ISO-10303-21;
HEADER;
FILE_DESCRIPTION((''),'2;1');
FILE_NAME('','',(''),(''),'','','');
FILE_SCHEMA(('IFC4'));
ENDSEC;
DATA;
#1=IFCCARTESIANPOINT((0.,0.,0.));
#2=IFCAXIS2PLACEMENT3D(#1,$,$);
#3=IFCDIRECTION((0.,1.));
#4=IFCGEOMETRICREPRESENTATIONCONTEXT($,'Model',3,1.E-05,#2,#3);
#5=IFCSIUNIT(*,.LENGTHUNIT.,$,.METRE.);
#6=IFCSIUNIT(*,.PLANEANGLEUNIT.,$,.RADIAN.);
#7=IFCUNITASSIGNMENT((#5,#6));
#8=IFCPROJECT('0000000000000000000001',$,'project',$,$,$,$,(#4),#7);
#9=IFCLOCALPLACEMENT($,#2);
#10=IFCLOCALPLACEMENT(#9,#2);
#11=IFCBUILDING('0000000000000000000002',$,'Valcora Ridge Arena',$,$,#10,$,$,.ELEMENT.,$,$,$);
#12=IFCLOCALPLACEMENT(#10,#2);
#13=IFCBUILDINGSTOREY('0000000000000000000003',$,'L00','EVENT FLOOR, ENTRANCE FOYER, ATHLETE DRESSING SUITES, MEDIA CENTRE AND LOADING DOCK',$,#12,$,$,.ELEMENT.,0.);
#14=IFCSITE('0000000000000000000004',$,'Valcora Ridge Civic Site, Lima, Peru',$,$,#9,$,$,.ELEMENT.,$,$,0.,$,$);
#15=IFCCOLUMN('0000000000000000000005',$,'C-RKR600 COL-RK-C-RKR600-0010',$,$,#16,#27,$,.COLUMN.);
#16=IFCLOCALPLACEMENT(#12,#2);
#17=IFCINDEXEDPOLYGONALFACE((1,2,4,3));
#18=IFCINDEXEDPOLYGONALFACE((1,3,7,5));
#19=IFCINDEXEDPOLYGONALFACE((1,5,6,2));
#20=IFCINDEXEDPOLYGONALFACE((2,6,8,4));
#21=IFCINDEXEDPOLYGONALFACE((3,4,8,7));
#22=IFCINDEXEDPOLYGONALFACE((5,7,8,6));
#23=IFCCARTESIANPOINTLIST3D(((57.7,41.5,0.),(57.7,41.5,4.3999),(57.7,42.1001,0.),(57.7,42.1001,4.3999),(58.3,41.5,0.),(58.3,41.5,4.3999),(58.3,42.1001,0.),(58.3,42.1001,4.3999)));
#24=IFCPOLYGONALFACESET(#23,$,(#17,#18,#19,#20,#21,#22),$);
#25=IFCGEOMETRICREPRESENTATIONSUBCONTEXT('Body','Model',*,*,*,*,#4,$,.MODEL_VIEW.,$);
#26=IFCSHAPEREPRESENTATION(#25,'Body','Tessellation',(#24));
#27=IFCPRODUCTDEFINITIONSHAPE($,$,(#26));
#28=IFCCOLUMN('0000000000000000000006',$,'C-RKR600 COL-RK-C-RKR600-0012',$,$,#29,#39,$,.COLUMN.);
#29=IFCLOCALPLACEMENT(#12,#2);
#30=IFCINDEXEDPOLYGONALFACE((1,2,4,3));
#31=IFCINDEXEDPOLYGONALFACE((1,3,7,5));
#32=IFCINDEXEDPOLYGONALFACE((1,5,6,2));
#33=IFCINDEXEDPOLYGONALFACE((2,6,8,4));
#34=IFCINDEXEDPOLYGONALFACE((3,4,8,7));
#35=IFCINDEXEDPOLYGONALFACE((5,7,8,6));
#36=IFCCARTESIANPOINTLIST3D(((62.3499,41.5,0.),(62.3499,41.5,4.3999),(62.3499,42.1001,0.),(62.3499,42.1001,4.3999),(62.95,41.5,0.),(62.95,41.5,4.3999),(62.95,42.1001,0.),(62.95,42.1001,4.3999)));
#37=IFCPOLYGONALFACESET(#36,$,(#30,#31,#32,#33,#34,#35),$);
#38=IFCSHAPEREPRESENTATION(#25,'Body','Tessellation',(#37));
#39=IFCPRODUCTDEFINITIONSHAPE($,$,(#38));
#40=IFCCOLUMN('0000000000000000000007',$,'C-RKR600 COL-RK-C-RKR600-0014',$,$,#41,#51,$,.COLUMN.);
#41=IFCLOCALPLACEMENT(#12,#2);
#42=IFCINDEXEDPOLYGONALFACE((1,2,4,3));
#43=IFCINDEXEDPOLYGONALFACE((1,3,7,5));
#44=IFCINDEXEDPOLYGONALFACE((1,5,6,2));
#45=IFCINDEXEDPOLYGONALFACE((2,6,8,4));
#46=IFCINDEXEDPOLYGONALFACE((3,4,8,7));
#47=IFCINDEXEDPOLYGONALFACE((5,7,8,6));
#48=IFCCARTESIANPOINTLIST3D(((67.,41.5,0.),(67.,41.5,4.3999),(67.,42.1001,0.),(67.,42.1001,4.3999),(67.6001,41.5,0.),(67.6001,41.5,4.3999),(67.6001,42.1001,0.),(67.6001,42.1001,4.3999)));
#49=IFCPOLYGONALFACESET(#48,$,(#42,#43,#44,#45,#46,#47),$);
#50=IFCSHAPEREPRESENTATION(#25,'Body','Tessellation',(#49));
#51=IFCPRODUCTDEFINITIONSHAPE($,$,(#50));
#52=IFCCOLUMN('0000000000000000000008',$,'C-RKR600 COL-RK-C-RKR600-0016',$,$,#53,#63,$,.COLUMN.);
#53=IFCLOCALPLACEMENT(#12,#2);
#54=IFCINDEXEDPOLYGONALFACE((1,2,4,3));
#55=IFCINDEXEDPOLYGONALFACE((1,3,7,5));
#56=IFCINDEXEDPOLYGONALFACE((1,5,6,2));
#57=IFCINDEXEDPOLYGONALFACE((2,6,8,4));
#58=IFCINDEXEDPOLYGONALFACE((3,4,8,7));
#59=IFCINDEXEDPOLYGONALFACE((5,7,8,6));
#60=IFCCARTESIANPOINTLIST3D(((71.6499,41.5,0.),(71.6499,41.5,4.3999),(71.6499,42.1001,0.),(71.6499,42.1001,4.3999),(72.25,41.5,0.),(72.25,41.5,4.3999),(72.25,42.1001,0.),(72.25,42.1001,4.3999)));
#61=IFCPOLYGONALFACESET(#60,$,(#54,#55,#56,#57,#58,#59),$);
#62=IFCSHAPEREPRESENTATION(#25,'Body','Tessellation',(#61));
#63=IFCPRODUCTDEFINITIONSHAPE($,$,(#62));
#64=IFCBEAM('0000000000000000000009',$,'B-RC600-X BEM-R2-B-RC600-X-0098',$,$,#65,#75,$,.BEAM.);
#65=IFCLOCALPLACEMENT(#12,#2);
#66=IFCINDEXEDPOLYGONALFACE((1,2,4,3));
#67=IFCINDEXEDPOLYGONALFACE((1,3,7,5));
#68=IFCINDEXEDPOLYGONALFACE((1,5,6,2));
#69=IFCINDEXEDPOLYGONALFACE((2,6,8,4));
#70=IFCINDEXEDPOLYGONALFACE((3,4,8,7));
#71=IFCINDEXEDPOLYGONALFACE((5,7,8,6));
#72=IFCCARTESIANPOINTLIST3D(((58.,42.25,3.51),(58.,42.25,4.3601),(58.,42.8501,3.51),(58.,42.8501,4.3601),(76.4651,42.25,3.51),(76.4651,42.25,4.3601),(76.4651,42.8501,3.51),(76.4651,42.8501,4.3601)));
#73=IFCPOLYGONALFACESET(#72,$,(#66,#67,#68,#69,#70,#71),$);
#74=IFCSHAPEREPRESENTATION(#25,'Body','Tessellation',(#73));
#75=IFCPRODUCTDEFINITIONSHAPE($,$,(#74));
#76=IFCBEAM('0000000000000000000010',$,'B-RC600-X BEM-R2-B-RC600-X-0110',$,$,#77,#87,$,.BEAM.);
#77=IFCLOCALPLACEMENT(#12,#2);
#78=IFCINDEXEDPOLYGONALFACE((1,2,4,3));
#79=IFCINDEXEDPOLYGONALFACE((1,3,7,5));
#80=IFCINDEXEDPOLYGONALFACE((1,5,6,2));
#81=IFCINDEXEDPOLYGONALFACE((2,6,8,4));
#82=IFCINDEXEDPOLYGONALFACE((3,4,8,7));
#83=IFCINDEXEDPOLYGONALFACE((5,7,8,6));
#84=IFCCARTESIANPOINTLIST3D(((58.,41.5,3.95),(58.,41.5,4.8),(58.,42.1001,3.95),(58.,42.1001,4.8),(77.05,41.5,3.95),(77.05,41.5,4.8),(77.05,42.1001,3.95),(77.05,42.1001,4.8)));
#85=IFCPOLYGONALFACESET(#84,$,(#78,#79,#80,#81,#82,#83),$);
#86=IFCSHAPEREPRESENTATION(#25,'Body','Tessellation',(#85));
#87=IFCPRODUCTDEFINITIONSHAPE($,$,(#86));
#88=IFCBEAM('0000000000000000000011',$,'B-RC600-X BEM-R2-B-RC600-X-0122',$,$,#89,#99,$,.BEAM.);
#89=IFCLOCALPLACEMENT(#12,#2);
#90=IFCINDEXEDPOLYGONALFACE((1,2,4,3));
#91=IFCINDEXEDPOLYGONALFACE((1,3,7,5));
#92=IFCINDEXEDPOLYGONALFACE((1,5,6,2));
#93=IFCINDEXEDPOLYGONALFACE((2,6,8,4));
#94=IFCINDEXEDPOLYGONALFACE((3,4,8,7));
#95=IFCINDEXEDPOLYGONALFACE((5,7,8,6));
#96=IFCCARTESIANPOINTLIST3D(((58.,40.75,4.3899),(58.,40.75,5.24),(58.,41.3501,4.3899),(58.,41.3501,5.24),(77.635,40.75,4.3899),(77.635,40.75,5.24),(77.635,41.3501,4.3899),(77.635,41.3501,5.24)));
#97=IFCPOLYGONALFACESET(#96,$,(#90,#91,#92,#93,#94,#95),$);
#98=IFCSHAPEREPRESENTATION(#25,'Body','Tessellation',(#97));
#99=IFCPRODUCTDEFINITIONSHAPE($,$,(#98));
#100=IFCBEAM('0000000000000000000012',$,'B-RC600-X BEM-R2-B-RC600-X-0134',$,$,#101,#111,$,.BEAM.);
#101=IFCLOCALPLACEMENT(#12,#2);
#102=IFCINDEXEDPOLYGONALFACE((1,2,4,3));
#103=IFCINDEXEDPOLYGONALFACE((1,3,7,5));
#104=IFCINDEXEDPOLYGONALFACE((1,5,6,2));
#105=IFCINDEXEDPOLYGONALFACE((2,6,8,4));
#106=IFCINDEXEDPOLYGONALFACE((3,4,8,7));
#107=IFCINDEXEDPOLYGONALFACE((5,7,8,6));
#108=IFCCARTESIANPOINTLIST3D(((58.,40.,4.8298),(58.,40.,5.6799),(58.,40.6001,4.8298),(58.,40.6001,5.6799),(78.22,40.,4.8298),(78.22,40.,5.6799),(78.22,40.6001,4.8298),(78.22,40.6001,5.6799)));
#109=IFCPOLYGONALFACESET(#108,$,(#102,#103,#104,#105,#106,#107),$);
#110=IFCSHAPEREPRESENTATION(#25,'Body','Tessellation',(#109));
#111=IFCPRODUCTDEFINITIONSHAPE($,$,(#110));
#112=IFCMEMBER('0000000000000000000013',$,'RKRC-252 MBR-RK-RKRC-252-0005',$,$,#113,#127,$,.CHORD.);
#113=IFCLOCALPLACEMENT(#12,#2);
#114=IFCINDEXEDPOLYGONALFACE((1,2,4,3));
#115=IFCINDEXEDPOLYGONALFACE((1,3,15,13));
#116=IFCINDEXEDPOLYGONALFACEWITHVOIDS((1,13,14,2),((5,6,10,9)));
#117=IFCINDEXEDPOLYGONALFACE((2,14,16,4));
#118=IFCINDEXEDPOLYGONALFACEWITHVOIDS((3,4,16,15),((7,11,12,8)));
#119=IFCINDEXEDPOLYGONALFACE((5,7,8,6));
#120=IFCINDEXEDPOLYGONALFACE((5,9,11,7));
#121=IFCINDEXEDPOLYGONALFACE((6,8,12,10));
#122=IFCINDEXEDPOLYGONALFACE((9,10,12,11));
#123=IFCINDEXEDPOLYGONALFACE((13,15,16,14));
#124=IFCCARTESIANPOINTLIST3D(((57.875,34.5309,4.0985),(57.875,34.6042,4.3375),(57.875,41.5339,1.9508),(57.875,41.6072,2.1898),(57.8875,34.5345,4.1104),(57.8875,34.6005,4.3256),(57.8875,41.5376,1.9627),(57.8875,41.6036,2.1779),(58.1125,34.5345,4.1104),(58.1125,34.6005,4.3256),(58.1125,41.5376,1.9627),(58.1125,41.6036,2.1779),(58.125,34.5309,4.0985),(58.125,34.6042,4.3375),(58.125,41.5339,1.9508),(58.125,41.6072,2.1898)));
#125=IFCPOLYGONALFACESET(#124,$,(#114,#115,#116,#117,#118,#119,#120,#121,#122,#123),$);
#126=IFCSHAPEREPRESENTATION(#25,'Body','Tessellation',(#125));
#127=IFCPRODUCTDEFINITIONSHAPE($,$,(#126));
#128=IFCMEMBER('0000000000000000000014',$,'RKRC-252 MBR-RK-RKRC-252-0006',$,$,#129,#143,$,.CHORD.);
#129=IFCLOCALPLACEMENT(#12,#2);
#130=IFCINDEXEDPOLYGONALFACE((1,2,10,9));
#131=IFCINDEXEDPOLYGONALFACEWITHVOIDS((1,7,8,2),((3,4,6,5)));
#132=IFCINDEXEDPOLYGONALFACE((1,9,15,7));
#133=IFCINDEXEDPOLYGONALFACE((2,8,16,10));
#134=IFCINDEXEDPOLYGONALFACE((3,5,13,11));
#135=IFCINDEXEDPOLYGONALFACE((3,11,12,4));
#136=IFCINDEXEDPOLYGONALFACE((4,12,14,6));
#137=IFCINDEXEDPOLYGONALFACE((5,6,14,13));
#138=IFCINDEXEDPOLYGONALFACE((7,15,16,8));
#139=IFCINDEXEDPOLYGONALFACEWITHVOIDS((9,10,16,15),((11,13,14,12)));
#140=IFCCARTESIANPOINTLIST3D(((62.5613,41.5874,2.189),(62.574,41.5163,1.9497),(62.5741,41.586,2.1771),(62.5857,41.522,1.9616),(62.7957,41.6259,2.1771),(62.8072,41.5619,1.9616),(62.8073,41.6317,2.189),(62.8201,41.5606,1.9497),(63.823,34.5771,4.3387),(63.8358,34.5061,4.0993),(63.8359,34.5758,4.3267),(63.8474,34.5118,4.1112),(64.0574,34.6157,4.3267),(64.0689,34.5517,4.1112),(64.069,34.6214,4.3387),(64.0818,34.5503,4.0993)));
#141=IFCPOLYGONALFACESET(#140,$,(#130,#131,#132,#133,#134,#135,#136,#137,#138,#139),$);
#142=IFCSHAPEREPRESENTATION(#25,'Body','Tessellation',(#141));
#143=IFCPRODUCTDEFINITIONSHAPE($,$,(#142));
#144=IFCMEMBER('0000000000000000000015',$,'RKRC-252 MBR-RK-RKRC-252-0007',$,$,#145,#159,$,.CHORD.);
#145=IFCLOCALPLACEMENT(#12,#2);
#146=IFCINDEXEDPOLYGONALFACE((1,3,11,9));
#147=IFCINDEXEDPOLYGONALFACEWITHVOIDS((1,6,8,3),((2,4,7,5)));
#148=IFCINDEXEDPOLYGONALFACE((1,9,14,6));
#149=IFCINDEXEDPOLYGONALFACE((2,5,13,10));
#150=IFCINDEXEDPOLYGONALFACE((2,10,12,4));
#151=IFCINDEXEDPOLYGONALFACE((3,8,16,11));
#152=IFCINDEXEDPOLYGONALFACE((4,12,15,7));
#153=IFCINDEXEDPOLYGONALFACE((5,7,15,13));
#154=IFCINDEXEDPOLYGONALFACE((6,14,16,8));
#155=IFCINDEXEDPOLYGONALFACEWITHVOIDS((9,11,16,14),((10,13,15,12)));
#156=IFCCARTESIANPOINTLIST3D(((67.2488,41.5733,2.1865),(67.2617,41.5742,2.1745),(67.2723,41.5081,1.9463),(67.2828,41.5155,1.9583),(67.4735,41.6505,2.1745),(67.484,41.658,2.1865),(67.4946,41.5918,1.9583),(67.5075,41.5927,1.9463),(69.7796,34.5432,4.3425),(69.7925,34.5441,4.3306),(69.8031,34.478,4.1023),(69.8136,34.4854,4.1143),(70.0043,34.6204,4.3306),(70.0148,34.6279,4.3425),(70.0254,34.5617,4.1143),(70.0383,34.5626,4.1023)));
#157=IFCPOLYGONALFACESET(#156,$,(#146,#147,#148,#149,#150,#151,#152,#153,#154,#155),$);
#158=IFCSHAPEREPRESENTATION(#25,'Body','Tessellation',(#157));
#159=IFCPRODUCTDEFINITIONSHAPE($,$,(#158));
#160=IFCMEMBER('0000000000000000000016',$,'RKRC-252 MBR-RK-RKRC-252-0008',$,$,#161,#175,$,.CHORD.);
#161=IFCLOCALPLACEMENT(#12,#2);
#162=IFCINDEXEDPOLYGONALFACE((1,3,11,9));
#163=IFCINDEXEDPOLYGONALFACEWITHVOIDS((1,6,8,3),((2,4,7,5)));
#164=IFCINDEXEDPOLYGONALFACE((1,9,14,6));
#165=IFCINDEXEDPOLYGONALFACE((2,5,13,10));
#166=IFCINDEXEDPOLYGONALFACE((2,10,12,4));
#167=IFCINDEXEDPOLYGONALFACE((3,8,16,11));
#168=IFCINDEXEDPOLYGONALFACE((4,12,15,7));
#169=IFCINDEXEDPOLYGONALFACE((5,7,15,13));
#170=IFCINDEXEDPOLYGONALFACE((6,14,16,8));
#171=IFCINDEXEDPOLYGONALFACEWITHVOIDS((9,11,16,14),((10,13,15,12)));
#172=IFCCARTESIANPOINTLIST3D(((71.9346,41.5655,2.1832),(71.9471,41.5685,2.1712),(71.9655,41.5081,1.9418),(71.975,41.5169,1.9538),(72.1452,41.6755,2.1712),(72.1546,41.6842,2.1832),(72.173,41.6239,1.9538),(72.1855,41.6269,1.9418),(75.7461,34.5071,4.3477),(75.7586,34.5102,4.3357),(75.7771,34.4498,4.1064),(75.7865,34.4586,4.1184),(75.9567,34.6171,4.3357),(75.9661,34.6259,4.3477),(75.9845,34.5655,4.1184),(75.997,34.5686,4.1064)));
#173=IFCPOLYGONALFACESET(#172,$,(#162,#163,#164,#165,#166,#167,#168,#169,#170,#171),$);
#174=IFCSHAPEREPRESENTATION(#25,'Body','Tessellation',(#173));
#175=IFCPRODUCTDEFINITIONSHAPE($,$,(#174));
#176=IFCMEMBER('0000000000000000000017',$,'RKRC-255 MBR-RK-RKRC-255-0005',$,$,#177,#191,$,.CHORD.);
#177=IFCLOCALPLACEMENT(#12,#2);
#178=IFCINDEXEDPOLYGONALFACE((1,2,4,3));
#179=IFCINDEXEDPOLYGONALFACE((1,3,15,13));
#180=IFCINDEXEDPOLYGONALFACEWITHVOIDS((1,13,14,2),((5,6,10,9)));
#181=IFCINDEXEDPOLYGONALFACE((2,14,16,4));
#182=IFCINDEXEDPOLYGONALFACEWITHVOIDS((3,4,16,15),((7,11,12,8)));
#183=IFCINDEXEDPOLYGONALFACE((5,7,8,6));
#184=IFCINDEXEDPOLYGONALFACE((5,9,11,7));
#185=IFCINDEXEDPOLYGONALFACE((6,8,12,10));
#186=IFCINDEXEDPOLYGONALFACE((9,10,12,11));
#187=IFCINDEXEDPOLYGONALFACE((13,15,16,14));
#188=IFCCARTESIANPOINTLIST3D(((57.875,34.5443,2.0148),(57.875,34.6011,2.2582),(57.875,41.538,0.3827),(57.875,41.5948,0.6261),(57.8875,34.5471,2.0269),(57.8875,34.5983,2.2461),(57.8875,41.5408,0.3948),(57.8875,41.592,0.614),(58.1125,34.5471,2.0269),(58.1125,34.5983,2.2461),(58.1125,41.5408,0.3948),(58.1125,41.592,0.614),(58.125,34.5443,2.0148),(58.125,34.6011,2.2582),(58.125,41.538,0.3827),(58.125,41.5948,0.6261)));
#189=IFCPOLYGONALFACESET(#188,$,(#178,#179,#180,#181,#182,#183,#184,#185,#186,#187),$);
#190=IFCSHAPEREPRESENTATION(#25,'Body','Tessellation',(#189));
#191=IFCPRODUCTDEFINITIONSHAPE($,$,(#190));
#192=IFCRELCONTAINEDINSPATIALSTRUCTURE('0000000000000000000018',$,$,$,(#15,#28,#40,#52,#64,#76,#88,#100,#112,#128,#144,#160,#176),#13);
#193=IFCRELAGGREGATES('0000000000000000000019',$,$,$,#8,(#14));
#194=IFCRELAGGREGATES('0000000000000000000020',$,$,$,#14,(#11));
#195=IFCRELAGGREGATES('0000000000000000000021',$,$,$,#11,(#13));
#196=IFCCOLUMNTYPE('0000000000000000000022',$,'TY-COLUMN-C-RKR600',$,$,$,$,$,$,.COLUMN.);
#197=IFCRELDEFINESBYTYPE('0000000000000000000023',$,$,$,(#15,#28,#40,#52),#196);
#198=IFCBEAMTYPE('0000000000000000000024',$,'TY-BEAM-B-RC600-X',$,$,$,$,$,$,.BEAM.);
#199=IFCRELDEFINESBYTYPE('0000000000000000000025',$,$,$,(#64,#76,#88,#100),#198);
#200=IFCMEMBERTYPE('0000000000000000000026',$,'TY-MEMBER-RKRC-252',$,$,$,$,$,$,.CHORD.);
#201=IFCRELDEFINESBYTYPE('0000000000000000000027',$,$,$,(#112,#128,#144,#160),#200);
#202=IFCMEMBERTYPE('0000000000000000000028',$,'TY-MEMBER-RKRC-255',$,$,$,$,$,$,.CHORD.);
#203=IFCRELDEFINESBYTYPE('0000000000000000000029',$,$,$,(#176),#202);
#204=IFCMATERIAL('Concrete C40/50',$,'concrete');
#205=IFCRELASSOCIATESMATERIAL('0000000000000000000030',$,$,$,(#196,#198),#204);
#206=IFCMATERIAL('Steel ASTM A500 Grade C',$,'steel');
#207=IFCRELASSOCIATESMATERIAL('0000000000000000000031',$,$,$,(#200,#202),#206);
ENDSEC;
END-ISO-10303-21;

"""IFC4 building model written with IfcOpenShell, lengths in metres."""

from ifc_helpers import new_model, si_unit, direction, frame, origin, origin_2d, place, context, subcontext, project, spatial, rectangle, hollow_rectangle, extrude, material, material_profile, profile_set, type_object, element, save


model = new_model("IFC4")

# Units and contexts
model_context = context("Model", 3, precision=1e-05, world=origin(), true_north=direction((0.0, 1.0)))
body_context = subcontext(model_context, "Body", "Model", "MODEL_VIEW")
ifc_project = project(units=[si_unit("LENGTHUNIT", "METRE"), si_unit("PLANEANGLEUNIT", "RADIAN")], contexts=[model_context])

# Site, building, storey
site_placement = place(None, origin())
site = spatial("IfcSite", under=ifc_project, at=site_placement, Name="Valcora Ridge Civic Site, Lima, Peru", CompositionType="ELEMENT", RefElevation=0.0)
building_placement = place(site_placement, origin())
building = spatial("IfcBuilding", under=site, at=building_placement, Name="Valcora Ridge Arena", CompositionType="ELEMENT")
storey_placement = place(building_placement, origin())
storey = spatial("IfcBuildingStorey", under=building, at=storey_placement, Name="L00", Description="EVENT FLOOR, ENTRANCE FOYER, ATHLETE DRESSING SUITES, MEDIA CENTRE AND LOADING DOCK", CompositionType="ELEMENT", Elevation=0.0)

# Columns
ifc_material_1 = material(Name="Concrete C40/50", Category="concrete")
ifc_material_profile_1 = material_profile(ifc_material_1, rectangle(XDim=0.6001, YDim=0.6001, at=origin_2d()), Name="RC 600x600")
ifc_profile_set_1 = profile_set([ifc_material_profile_1], Name="Concrete C40/50")
column_type = type_object("IfcColumnType", Name="TY-COLUMN-C-RKR600", PredefinedType="COLUMN", material=ifc_profile_set_1)
for number, where, z_axis, x_axis, name in (
    (1, (58.0, 41.8, 0.0), (0.0, 0.0, 1.0), (1.0, 0.0, 0.0), "C-RKR600 COL-RK-C-RKR600-0010"),
    (2, (62.6499, 41.8, 0.0), (0.0, 0.0, 1.0), (1.0, 0.0, 0.0), "C-RKR600 COL-RK-C-RKR600-0012"),
    (3, (67.3, 41.8, 0.0), (0.0, 0.0, 1.0), (1.0, 0.0, 0.0), "C-RKR600 COL-RK-C-RKR600-0014"),
    (4, (71.95, 41.8, 0.0), (0.0, 0.0, 1.0), (1.0, 0.0, 0.0), "C-RKR600 COL-RK-C-RKR600-0016"),
):
    element("IfcColumn", number, at=place(storey_placement, frame(where, z_axis=z_axis, x_axis=x_axis)), inside=storey, type_object=column_type, Name=name, PredefinedType="COLUMN", context=body_context, shape_type="SweptSolid", body=[
        extrude(rectangle(XDim=0.6001, YDim=0.6001, at=origin_2d()), origin(), (0.0, 0.0, 1.0), 4.3999),
    ])

# Beams
ifc_material_profile_2 = material_profile(ifc_material_1, rectangle(XDim=0.6001, YDim=0.8501, at=origin_2d()), Name="RC 600x850")
ifc_profile_set_2 = profile_set([ifc_material_profile_2], Name="Concrete C40/50")
beam_type = type_object("IfcBeamType", Name="TY-BEAM-B-RC600-X", PredefinedType="BEAM", material=ifc_profile_set_2)
beam_1_placement = place(storey_placement, frame((58.0, 42.55, 3.9351), z_axis=(1.0, 0.0, 0.0), x_axis=(0.0, 1.0, 0.0)))
element("IfcBeam", 5, at=beam_1_placement, inside=storey, type_object=beam_type, Name="B-RC600-X BEM-R2-B-RC600-X-0098", PredefinedType="BEAM", context=body_context, shape_type="SweptSolid", body=[
    extrude(rectangle(XDim=0.6001, YDim=0.8501, at=origin_2d()), origin(), (0.0, 0.0, 1.0), 18.4651),
])
beam_2_placement = place(storey_placement, frame((58.0, 41.8, 4.375), z_axis=(1.0, 0.0, 0.0), x_axis=(0.0, 1.0, 0.0)))
element("IfcBeam", 6, at=beam_2_placement, inside=storey, type_object=beam_type, Name="B-RC600-X BEM-R2-B-RC600-X-0110", PredefinedType="BEAM", context=body_context, shape_type="SweptSolid", body=[
    extrude(rectangle(XDim=0.6001, YDim=0.8501, at=origin_2d()), origin(), (0.0, 0.0, 1.0), 19.05),
])
beam_3_placement = place(storey_placement, frame((58.0, 41.05, 4.8149), z_axis=(1.0, 0.0, 0.0), x_axis=(0.0, 1.0, 0.0)))
element("IfcBeam", 7, at=beam_3_placement, inside=storey, type_object=beam_type, Name="B-RC600-X BEM-R2-B-RC600-X-0122", PredefinedType="BEAM", context=body_context, shape_type="SweptSolid", body=[
    extrude(rectangle(XDim=0.6001, YDim=0.8501, at=origin_2d()), origin(), (0.0, 0.0, 1.0), 19.635),
])
beam_4_placement = place(storey_placement, frame((58.0, 40.3, 5.2549), z_axis=(1.0, 0.0, 0.0), x_axis=(0.0, 1.0, 0.0)))
element("IfcBeam", 8, at=beam_4_placement, inside=storey, type_object=beam_type, Name="B-RC600-X BEM-R2-B-RC600-X-0134", PredefinedType="BEAM", context=body_context, shape_type="SweptSolid", body=[
    extrude(rectangle(XDim=0.6001, YDim=0.8501, at=origin_2d()), origin(), (0.0, 0.0, 1.0), 20.22),
])

# Members
ifc_material_2 = material(Name="Steel ASTM A500 Grade C", Category="steel")
ifc_material_profile_3 = material_profile(ifc_material_2, hollow_rectangle(XDim=0.25, YDim=0.25, WallThickness=0.0125, at=origin_2d()), Name="HSS250X250X12")
ifc_profile_set_3 = profile_set([ifc_material_profile_3], Name="Steel ASTM A500 Grade C")
member_type_1 = type_object("IfcMemberType", Name="TY-MEMBER-RKRC-252", PredefinedType="CHORD", material=ifc_profile_set_3)
member_1_placement = place(storey_placement, frame((58.0, 41.5706, 2.0703), z_axis=(0.0, -0.956049, 0.293207), x_axis=(1.0, 0.0, 0.0)))
element("IfcMember", 9, at=member_1_placement, inside=storey, type_object=member_type_1, Name="RKRC-252 MBR-RK-RKRC-252-0005", PredefinedType="CHORD", context=body_context, shape_type="SweptSolid", body=[
    extrude(hollow_rectangle(XDim=0.25, YDim=0.25, WallThickness=0.0125, at=origin_2d()), origin(), (0.0, 0.0, 1.0), 7.325),
])
member_2_placement = place(storey_placement, frame((62.6907, 41.574, 2.0693), z_axis=(0.169581, -0.942213, 0.288925), x_axis=(0.984186, 0.177136, 0.0)))
element("IfcMember", 10, at=member_2_placement, inside=storey, type_object=member_type_1, Name="RKRC-252 MBR-RK-RKRC-252-0006", PredefinedType="CHORD", context=body_context, shape_type="SweptSolid", body=[
    extrude(hollow_rectangle(XDim=0.25, YDim=0.25, WallThickness=0.0125, at=origin_2d()), origin(), (0.0, 0.0, 1.0), 7.4402),
])
member_3_placement = place(storey_placement, frame((67.3782, 41.583, 2.0664), z_axis=(0.325436, -0.904006, 0.277245), x_axis=(0.940889, 0.338714, 0.0)))
element("IfcMember", 11, at=member_3_placement, inside=storey, type_object=member_type_1, Name="RKRC-252 MBR-RK-RKRC-252-0007", PredefinedType="CHORD", context=body_context, shape_type="SweptSolid", body=[
    extrude(hollow_rectangle(XDim=0.25, YDim=0.25, WallThickness=0.0125, at=origin_2d()), origin(), (0.0, 0.0, 1.0), 7.7766),
])
member_4_placement = place(storey_placement, frame((72.0601, 41.5962, 2.0625), z_axis=(0.458743, -0.849521, 0.260518), x_axis=(0.879905, 0.47515, 0.0)))
element("IfcMember", 12, at=member_4_placement, inside=storey, type_object=member_type_1, Name="RKRC-252 MBR-RK-RKRC-252-0008", PredefinedType="CHORD", context=body_context, shape_type="SweptSolid", body=[
    extrude(hollow_rectangle(XDim=0.25, YDim=0.25, WallThickness=0.0125, at=origin_2d()), origin(), (0.0, 0.0, 1.0), 8.3086),
])
ifc_material_profile_4 = material_profile(ifc_material_2, hollow_rectangle(XDim=0.25, YDim=0.25, WallThickness=0.0125, at=origin_2d()), Name="HSS250X250X12")
ifc_profile_set_4 = profile_set([ifc_material_profile_4], Name="Steel ASTM A500 Grade C")
member_type_2 = type_object("IfcMemberType", Name="TY-MEMBER-RKRC-255", PredefinedType="CHORD", material=ifc_profile_set_4)
member_5_placement = place(storey_placement, frame((58.0, 41.5664, 0.5044), z_axis=(0.0, -0.973834, 0.22726), x_axis=(1.0, 0.0, 0.0)))
element("IfcMember", 13, at=member_5_placement, inside=storey, type_object=member_type_2, Name="RKRC-255 MBR-RK-RKRC-255-0005", PredefinedType="CHORD", context=body_context, shape_type="SweptSolid", body=[
    extrude(hollow_rectangle(XDim=0.25, YDim=0.25, WallThickness=0.0125, at=origin_2d()), origin(), (0.0, 0.0, 1.0), 7.1816),
])

save(model, "model.ifc")
